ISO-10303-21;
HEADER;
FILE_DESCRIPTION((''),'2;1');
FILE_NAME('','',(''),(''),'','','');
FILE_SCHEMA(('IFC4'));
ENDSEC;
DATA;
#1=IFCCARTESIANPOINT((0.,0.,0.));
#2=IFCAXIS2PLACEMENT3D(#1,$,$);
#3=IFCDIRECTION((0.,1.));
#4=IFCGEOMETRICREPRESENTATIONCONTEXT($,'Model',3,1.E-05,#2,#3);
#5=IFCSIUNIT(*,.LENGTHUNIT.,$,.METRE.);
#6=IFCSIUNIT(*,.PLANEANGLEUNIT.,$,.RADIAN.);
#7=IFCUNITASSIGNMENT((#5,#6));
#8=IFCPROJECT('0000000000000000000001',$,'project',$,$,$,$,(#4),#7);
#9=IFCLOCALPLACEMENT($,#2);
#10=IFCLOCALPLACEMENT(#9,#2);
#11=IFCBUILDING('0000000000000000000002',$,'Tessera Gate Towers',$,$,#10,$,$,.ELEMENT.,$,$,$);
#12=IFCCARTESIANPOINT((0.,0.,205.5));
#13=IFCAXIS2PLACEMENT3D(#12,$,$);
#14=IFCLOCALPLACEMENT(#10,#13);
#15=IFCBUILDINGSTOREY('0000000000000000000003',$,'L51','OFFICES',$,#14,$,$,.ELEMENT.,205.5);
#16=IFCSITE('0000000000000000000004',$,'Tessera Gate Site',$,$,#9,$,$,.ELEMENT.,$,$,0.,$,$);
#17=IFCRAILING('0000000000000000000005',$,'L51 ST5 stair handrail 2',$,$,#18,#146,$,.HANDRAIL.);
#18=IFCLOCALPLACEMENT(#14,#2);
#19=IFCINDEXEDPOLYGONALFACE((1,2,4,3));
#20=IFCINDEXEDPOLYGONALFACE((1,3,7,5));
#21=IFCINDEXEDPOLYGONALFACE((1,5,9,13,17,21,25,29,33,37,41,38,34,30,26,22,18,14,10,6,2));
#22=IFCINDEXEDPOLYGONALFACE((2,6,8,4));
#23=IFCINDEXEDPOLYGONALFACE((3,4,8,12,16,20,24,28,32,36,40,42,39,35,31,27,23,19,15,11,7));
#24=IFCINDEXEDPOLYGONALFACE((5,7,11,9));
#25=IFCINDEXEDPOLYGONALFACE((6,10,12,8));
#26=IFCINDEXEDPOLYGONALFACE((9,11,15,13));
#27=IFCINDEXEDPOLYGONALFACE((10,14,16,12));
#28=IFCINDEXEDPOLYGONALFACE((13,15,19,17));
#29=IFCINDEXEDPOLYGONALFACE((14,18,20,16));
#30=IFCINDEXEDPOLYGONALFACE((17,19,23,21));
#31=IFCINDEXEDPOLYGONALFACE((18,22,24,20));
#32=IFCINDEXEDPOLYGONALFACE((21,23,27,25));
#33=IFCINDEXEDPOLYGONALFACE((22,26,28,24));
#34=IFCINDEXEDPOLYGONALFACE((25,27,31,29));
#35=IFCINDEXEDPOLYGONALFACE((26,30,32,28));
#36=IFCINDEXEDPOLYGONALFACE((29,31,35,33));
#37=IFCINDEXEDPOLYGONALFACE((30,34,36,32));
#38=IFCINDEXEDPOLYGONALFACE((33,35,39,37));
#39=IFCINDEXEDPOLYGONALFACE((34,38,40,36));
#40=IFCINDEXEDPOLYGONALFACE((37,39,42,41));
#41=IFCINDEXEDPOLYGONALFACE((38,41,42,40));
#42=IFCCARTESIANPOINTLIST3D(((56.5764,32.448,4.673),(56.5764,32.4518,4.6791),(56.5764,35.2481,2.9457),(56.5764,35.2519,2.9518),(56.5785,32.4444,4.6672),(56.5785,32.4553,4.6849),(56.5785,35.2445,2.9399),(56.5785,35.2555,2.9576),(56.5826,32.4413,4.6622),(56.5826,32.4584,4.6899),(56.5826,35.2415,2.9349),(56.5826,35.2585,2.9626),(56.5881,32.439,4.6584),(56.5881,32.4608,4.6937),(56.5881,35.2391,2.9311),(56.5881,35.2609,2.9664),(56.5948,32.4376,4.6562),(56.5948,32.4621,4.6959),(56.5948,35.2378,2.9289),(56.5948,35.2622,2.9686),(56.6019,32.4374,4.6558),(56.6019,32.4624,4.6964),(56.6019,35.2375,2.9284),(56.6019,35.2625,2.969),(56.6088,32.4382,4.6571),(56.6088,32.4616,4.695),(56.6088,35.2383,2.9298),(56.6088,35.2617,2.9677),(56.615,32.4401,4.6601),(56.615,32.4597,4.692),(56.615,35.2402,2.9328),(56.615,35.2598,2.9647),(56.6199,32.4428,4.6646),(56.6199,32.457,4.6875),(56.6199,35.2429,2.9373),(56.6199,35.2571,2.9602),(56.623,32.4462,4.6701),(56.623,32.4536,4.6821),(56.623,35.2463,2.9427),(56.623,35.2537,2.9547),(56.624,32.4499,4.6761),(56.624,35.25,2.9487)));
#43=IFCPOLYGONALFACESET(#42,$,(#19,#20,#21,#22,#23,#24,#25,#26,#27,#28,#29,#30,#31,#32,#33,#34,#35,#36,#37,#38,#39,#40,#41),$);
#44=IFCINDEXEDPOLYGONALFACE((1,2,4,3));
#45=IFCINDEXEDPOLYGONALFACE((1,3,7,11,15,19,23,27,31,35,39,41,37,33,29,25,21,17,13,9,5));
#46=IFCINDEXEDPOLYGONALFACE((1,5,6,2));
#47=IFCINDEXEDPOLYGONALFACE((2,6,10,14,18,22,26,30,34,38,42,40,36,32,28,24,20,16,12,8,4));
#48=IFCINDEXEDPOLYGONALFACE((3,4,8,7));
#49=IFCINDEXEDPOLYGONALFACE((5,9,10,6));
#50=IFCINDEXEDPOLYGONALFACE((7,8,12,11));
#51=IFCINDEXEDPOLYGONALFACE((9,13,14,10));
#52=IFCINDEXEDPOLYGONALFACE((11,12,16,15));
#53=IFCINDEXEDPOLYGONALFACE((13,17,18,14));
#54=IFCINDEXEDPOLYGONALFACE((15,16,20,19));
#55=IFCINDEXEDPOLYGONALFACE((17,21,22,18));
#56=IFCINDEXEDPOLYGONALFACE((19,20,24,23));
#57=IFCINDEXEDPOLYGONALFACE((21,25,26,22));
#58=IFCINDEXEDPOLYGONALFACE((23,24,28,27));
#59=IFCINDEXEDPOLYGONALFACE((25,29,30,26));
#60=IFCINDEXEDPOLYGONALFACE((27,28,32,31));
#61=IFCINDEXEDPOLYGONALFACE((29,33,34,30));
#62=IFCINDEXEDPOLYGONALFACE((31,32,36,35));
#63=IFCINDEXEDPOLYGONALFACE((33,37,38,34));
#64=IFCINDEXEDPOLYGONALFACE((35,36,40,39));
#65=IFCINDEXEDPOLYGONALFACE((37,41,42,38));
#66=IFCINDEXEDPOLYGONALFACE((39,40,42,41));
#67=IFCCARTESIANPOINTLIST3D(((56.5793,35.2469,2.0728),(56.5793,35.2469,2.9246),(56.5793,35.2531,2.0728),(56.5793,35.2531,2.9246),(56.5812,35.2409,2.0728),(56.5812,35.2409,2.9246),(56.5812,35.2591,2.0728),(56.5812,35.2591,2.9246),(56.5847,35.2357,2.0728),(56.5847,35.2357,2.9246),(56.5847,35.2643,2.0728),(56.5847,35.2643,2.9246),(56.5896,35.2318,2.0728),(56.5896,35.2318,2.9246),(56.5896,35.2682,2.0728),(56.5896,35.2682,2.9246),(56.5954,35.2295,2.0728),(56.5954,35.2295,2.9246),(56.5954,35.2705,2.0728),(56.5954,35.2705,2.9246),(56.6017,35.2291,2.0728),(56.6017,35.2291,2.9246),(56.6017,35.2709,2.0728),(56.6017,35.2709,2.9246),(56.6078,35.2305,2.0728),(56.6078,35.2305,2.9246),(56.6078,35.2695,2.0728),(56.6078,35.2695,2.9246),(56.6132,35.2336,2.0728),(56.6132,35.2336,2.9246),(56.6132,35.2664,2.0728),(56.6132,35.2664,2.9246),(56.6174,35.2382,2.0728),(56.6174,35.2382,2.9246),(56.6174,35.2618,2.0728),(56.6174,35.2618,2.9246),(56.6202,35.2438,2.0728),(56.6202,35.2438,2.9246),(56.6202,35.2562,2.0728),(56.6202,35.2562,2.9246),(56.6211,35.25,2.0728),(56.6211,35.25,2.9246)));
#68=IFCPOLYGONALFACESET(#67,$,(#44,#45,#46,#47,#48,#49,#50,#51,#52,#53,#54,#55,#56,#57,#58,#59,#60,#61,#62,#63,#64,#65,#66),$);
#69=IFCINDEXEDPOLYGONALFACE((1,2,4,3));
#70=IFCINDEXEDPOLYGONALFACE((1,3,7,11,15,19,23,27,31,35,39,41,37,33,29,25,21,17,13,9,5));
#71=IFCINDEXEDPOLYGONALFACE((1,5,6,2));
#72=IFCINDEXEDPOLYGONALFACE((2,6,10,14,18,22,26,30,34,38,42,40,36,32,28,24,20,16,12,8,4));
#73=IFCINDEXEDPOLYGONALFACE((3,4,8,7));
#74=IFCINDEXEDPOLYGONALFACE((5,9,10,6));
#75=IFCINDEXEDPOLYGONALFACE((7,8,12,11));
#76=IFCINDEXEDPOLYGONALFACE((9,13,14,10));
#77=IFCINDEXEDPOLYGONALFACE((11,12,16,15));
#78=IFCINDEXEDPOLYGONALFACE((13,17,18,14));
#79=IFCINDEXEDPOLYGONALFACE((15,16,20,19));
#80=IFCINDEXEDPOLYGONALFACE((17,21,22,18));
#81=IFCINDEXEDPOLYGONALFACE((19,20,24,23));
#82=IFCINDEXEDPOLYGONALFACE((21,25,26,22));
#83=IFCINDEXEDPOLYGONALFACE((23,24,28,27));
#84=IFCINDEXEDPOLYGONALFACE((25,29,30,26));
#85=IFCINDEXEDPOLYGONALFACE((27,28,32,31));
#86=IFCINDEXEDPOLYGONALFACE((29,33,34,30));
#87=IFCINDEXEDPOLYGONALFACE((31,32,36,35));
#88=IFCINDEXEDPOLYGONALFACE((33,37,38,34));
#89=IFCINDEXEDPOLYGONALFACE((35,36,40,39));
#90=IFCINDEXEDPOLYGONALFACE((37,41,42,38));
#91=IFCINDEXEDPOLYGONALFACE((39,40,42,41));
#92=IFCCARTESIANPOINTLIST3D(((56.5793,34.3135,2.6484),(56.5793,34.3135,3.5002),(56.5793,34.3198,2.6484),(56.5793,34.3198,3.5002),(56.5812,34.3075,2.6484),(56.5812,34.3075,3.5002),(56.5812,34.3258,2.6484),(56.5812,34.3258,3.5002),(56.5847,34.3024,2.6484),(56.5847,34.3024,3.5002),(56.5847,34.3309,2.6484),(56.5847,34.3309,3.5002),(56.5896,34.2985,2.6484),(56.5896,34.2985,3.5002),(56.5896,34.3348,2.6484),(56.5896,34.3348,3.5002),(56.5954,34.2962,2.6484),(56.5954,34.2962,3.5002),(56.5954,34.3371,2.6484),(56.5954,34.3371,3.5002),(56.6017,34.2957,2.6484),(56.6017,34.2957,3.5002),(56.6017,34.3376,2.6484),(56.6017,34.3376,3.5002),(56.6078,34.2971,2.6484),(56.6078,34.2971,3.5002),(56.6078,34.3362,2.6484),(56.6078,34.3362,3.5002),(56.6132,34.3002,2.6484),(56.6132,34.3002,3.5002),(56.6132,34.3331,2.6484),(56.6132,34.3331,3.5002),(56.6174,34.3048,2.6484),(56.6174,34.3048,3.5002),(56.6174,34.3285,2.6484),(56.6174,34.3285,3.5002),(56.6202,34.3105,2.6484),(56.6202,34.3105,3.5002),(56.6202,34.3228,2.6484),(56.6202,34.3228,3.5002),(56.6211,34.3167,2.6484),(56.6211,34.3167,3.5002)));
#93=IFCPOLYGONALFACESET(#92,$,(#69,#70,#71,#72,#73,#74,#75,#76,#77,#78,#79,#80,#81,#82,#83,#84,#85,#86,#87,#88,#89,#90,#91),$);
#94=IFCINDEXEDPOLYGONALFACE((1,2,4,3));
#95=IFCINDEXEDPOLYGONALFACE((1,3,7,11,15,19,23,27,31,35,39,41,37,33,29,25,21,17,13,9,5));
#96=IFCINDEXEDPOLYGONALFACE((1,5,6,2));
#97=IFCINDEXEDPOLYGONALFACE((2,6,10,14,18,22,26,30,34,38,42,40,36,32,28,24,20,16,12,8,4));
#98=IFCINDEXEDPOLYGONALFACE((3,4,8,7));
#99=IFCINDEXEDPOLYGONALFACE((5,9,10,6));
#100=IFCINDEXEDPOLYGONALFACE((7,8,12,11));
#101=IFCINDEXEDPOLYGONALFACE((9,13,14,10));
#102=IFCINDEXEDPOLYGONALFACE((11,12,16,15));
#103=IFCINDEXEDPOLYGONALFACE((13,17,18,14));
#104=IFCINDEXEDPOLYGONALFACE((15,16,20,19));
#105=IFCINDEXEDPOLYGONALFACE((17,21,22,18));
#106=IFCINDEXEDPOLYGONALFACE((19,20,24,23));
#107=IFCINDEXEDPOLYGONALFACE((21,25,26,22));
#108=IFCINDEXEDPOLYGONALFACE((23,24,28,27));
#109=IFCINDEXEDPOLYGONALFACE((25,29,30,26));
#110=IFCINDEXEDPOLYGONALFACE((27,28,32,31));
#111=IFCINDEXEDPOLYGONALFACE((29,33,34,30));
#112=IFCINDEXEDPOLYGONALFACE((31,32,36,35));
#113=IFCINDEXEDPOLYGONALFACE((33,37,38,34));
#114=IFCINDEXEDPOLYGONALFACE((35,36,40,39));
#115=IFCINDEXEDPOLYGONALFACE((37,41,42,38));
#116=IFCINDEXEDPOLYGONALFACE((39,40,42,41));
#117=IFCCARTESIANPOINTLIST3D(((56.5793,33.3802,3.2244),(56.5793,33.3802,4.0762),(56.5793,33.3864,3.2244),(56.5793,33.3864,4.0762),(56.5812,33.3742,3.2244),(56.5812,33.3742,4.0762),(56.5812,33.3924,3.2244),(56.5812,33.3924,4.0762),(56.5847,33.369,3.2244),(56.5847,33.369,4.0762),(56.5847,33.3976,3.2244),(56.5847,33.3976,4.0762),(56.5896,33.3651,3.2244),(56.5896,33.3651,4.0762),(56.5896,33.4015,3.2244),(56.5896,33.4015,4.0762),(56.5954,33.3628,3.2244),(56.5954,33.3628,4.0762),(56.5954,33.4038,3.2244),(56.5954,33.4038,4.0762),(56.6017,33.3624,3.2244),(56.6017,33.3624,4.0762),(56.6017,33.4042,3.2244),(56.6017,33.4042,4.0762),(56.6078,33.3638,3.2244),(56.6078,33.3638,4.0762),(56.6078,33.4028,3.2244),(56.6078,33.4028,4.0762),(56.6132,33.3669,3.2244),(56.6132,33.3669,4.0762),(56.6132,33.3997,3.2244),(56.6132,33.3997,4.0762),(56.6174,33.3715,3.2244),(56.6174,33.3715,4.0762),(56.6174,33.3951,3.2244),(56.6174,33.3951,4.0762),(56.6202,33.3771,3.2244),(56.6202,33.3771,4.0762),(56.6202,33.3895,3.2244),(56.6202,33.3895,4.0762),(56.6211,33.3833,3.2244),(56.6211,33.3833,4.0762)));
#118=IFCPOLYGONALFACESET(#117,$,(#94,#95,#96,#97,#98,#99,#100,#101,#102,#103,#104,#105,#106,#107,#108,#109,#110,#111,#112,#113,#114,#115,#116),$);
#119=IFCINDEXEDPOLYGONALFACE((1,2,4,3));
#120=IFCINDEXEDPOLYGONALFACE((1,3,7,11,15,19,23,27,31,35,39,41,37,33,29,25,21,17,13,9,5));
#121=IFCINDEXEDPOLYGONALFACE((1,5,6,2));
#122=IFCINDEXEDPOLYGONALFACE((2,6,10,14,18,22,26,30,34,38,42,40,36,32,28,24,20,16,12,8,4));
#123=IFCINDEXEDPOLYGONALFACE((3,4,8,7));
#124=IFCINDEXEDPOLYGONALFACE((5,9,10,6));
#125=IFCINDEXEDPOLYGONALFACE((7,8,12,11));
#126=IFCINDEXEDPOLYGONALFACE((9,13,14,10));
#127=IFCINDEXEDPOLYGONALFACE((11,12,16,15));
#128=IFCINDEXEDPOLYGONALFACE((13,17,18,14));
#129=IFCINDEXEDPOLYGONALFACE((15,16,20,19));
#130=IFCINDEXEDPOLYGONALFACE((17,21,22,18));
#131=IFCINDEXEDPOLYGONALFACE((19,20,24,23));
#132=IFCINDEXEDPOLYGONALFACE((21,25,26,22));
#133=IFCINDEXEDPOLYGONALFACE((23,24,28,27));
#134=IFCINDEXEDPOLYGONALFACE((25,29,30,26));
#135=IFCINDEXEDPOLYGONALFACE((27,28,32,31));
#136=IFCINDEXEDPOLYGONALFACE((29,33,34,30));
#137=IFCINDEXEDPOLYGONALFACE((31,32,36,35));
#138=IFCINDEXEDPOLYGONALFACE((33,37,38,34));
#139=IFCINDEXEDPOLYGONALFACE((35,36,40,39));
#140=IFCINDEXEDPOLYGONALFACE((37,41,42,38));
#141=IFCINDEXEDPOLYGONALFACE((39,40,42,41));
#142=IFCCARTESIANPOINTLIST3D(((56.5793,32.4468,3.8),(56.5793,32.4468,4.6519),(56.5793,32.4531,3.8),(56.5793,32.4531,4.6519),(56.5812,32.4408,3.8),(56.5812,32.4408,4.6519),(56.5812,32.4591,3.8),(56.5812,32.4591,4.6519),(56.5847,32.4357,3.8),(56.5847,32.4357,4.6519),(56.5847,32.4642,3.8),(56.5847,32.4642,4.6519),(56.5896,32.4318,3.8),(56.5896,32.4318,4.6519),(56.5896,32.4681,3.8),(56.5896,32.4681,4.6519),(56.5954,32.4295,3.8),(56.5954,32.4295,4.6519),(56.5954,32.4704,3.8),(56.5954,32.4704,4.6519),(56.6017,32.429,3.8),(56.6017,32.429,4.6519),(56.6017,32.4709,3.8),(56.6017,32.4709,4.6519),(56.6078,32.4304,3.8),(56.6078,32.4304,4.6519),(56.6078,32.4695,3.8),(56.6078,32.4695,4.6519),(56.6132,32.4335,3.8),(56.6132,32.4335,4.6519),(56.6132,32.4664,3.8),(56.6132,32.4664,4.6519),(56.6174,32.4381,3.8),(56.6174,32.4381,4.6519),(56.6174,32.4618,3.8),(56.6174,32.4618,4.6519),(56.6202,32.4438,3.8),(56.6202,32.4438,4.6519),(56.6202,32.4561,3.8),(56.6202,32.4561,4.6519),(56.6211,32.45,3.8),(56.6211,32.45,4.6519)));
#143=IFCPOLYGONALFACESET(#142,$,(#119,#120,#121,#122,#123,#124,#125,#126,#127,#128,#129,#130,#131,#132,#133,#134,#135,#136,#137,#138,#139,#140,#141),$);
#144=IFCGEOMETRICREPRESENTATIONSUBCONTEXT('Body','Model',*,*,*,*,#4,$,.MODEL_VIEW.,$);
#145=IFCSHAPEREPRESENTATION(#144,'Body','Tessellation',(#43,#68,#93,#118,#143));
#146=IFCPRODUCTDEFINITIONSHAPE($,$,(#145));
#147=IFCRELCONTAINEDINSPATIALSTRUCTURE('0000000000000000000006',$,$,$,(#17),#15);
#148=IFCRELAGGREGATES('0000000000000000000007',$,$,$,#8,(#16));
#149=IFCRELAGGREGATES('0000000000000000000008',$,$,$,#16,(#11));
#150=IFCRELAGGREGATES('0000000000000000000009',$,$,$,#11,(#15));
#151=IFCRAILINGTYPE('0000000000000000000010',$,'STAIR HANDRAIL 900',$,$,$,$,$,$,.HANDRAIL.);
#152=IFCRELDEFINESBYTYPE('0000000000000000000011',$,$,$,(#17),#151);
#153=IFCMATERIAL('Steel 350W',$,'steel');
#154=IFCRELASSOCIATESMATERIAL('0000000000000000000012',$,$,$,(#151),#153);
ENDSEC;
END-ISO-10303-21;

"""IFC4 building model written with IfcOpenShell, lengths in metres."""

from ifc_helpers import new_model, si_unit, direction, frame, origin, origin_2d, place, context, subcontext, project, spatial, circle, extrude, material, type_object, element, save


model = new_model("IFC4")

# Units and contexts
model_context = context("Model", 3, precision=1e-05, world=origin(), true_north=direction((0.0, 1.0)))
body_context = subcontext(model_context, "Body", "Model", "MODEL_VIEW")
ifc_project = project(units=[si_unit("LENGTHUNIT", "METRE"), si_unit("PLANEANGLEUNIT", "RADIAN")], contexts=[model_context])

# Site, building, storey
site_placement = place(None, origin())
site = spatial("IfcSite", under=ifc_project, at=site_placement, Name="Tessera Gate Site", CompositionType="ELEMENT", RefElevation=0.0)
building_placement = place(site_placement, origin())
building = spatial("IfcBuilding", under=site, at=building_placement, Name="Tessera Gate Towers", CompositionType="ELEMENT")
storey_placement = place(building_placement, frame((0.0, 0.0, 205.5)))
storey = spatial("IfcBuildingStorey", under=building, at=storey_placement, Name="L51", Description="OFFICES", CompositionType="ELEMENT", Elevation=205.5)

# Railing
ifc_material_1 = material(Name="Steel 350W", Category="steel")
railing_type_1 = type_object("IfcRailingType", Name="STAIR HANDRAIL 900", PredefinedType="HANDRAIL", material=ifc_material_1)
railing_1_placement = place(storey_placement, frame((56.6001, 35.25, 2.0728)))
element("IfcRailing", 1, at=railing_1_placement, inside=storey, type_object=railing_type_1, Name="L51 ST5 stair handrail 2", PredefinedType="HANDRAIL", context=body_context, shape_type="SweptSolid", body=[
    extrude(circle(Radius=0.0239, at=origin_2d()), frame((0.0, 0.0, 0.876), z_axis=(0.0, -0.85109, 0.52502), x_axis=(1.0, 0.0, 0.0)), (0.0, 0.0, 1.0), 3.29),
    extrude(circle(Radius=0.021, at=origin_2d()), origin(), (0.0, 0.0, 1.0), 0.8518),
    extrude(circle(Radius=0.021, at=origin_2d()), frame((0.0, -0.9333, 0.5757)), (0.0, 0.0, 1.0), 0.8518),
    extrude(circle(Radius=0.021, at=origin_2d()), frame((0.0, -1.8667, 1.1516)), (0.0, 0.0, 1.0), 0.8518),
    extrude(circle(Radius=0.021, at=origin_2d()), frame((0.0, -2.8, 1.7273)), (0.0, 0.0, 1.0), 0.8518),
])

save(model, "model.ifc")
